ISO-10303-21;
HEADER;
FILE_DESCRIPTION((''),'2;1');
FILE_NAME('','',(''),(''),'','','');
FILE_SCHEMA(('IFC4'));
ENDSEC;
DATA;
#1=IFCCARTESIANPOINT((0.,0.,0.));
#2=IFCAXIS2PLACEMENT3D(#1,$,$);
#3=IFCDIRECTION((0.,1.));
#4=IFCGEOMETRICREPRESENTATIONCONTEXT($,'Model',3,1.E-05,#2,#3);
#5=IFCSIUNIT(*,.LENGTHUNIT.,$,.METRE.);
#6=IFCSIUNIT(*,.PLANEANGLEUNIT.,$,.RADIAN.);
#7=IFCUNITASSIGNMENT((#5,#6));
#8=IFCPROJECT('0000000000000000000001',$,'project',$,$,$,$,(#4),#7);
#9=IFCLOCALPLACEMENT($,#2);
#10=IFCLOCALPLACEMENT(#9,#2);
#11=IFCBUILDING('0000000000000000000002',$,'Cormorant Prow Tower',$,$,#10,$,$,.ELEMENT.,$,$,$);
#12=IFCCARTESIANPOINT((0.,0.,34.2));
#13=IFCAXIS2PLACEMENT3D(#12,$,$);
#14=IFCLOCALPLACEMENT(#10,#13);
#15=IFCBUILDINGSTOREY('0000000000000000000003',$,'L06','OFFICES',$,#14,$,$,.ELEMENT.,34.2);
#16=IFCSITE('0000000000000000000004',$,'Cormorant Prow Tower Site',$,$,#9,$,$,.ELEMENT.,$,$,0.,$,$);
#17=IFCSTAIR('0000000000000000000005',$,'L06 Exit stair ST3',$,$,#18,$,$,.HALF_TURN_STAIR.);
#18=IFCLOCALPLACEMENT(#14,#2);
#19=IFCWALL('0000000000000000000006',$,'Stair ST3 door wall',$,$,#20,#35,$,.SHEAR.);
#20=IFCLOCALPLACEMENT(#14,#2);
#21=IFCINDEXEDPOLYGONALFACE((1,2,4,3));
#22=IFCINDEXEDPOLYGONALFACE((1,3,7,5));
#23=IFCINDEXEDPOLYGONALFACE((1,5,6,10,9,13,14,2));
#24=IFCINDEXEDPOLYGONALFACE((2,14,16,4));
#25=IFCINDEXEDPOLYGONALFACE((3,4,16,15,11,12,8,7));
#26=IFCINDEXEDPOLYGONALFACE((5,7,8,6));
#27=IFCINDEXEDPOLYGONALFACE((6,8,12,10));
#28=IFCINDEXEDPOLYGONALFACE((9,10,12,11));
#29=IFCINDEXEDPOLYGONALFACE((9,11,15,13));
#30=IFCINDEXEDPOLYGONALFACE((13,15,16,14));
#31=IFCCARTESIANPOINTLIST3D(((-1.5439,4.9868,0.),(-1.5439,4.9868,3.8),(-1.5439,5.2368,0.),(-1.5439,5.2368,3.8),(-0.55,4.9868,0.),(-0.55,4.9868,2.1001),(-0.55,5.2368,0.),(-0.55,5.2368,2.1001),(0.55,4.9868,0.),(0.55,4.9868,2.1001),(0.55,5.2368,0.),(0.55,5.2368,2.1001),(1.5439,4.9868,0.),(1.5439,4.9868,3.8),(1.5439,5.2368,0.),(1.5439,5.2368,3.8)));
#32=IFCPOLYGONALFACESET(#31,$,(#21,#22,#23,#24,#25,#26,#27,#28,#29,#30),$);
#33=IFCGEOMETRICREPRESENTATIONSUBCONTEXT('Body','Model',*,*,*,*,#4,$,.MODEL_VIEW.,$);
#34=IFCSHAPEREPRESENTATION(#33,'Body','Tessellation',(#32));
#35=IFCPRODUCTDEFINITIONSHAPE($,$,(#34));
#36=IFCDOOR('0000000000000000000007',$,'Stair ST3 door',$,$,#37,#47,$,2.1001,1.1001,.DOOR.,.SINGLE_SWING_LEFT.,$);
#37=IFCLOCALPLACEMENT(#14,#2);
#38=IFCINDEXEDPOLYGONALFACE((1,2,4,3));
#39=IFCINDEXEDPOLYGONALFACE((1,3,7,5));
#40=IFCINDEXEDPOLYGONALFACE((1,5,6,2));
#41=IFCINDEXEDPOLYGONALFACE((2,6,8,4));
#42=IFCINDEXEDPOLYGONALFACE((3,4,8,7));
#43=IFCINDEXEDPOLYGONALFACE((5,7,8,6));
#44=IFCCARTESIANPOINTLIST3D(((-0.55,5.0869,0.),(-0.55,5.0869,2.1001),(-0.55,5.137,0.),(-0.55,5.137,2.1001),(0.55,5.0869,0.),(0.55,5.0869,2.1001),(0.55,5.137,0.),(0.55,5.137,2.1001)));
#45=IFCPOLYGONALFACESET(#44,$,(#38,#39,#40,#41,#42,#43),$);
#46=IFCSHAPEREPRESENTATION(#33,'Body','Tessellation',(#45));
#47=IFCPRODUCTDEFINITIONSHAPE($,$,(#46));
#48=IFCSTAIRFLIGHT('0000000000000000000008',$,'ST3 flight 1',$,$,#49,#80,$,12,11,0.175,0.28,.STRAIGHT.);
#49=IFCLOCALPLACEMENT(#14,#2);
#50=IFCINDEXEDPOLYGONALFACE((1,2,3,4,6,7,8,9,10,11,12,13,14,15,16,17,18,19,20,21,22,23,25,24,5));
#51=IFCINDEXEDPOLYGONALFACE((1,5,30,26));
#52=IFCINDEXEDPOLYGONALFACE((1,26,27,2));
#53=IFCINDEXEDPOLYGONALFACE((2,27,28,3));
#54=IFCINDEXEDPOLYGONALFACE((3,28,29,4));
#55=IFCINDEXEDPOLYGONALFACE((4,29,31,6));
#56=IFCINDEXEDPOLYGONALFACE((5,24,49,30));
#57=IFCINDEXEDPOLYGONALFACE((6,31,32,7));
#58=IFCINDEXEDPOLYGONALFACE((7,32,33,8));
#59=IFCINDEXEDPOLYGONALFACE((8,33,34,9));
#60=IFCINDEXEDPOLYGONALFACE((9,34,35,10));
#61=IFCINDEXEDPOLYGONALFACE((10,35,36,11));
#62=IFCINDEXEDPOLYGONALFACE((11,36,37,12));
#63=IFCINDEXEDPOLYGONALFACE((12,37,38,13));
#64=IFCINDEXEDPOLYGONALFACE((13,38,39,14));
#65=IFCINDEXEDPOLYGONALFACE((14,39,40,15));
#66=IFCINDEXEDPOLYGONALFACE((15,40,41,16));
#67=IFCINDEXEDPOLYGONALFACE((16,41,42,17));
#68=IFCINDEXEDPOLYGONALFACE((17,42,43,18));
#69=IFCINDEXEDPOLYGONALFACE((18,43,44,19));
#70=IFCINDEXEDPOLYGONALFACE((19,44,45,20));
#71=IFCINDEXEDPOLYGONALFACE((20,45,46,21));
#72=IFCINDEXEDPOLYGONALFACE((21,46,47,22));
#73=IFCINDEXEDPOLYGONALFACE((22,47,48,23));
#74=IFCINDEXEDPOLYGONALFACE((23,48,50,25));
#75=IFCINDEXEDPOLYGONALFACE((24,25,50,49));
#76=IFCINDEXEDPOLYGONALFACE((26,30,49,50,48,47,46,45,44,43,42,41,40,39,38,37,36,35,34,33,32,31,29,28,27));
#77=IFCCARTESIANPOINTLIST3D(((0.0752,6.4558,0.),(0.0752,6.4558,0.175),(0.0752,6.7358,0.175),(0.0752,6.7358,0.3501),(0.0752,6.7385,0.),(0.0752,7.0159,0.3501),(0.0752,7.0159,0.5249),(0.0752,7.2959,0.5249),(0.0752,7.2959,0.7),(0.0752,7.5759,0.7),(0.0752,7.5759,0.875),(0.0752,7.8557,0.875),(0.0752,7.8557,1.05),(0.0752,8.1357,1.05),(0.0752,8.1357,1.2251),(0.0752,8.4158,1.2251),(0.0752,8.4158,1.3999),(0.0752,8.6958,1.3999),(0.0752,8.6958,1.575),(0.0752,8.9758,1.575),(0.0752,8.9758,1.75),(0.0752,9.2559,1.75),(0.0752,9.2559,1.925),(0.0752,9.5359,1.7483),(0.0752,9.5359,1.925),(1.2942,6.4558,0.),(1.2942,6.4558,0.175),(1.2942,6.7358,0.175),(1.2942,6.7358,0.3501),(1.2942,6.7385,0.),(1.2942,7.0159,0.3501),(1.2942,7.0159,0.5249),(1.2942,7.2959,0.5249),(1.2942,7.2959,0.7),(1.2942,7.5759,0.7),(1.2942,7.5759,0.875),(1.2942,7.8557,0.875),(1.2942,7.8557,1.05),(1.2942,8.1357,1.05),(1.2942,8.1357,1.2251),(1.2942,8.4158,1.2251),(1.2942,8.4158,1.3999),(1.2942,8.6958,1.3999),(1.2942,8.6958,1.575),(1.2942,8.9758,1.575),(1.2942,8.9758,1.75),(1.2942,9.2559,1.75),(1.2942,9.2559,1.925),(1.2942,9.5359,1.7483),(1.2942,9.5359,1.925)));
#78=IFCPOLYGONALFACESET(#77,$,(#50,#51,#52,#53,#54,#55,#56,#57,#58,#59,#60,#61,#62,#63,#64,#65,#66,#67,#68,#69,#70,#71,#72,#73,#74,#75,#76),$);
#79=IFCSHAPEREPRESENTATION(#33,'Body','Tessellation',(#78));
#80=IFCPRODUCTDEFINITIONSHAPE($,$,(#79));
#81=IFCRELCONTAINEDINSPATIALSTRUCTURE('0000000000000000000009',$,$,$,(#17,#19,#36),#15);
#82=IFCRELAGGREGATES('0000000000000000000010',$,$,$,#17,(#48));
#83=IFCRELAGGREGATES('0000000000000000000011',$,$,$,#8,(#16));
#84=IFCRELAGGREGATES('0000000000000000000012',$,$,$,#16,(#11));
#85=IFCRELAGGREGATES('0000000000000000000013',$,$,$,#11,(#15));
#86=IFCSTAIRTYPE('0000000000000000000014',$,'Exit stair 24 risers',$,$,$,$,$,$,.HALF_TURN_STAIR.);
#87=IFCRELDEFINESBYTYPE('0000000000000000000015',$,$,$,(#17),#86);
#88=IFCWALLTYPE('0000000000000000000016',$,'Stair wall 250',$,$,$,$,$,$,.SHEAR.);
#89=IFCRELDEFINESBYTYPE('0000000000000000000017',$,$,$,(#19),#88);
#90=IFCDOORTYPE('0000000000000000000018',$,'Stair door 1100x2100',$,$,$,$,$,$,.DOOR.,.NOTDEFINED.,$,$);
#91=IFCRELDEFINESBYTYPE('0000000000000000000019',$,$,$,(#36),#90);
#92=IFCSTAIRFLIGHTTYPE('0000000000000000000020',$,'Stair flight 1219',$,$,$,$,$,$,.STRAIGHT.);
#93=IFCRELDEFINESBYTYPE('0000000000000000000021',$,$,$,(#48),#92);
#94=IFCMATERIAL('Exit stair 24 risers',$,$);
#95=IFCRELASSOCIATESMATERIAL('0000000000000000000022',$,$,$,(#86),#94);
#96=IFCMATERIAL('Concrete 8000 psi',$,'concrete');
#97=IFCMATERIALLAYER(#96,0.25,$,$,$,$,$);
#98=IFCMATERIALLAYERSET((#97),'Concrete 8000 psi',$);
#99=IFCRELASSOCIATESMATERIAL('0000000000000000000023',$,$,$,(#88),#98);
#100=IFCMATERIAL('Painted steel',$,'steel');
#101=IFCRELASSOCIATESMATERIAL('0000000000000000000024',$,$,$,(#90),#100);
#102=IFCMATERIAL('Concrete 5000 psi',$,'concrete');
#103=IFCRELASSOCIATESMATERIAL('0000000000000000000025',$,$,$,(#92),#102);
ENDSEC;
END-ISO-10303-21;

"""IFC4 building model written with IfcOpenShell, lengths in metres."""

from ifc_helpers import new_model, si_unit, direction, frame, frame_2d, origin, place, context, subcontext, project, spatial, polyline, rectangle, outline, extrude, material, layer, layer_set, type_object, element, fill, aggregate, save


model = new_model("IFC4")

# Units and contexts
model_context = context("Model", 3, precision=1e-05, world=origin(), true_north=direction((0.0, 1.0)))
body_context = subcontext(model_context, "Body", "Model", "MODEL_VIEW")
ifc_project = project(units=[si_unit("LENGTHUNIT", "METRE"), si_unit("PLANEANGLEUNIT", "RADIAN")], contexts=[model_context])

# Site, building, storey
site_placement = place(None, origin())
site = spatial("IfcSite", under=ifc_project, at=site_placement, Name="Cormorant Prow Tower Site", CompositionType="ELEMENT", RefElevation=0.0)
building_placement = place(site_placement, origin())
building = spatial("IfcBuilding", under=site, at=building_placement, Name="Cormorant Prow Tower", CompositionType="ELEMENT")
storey_placement = place(building_placement, frame((0.0, 0.0, 34.2)))
storey = spatial("IfcBuildingStorey", under=building, at=storey_placement, Name="L06", Description="OFFICES", CompositionType="ELEMENT", Elevation=34.2)

# Stair
ifc_material_1 = material(Name="Exit stair 24 risers")
stair_type = type_object("IfcStairType", Name="Exit stair 24 risers", PredefinedType="HALF_TURN_STAIR", material=ifc_material_1)
stair_1_placement = place(storey_placement, origin())
stair_1 = element("IfcStair", 1, at=stair_1_placement, inside=storey, type_object=stair_type, Name="L06 Exit stair ST3", PredefinedType="HALF_TURN_STAIR")

# Shared definitions
ifc_material_2 = material(Name="Concrete 8000 psi", Category="concrete")
ifc_layer_1 = layer(ifc_material_2, 0.25)
ifc_layer_set_1 = layer_set([ifc_layer_1], Name="Concrete 8000 psi")
wall_type_1 = type_object("IfcWallType", Name="Stair wall 250", PredefinedType="SHEAR", material=ifc_layer_set_1)

# Wall, opening, door
wall_1_placement = place(storey_placement, frame((1.5439, 5.1118, 0.0), z_axis=(0.0, 0.0, 1.0), x_axis=(-1.0, 0.0, 0.0)))
wall_1 = element("IfcWall", 2, at=wall_1_placement, inside=storey, type_object=wall_type_1, Name="Stair ST3 door wall", PredefinedType="SHEAR", context=body_context, shape_type="SweptSolid", body=[
    extrude(rectangle(XDim=3.0879, YDim=0.25, at=frame_2d((1.5439, 0.0))), origin(), (0.0, 0.0, 1.0), 3.8),
])
opening_placement = place(wall_1_placement, frame((0.9939, 0.0, 0.0)))
opening = element("IfcOpeningElement", 3, at=opening_placement, cuts=wall_1, PredefinedType="OPENING", context=body_context, shape_type="SweptSolid", body=[
    extrude(rectangle(XDim=1.1001, YDim=2.1001, at=frame_2d((0.55, 1.05))), frame((0.0, 0.135, 0.0), z_axis=(0.0, -1.0, 0.0), x_axis=(1.0, 0.0, 0.0)), (0.0, 0.0, 1.0), 0.27),
])
ifc_material_3 = material(Name="Painted steel", Category="steel")
door_type = type_object("IfcDoorType", Name="Stair door 1100x2100", OperationType="NOTDEFINED", PredefinedType="DOOR", material=ifc_material_3)
door_placement = place(opening_placement, origin())
door = element("IfcDoor", 4, at=door_placement, inside=storey, type_object=door_type, Name="Stair ST3 door", OperationType="SINGLE_SWING_LEFT", OverallHeight=2.1001, OverallWidth=1.1001, PredefinedType="DOOR", context=body_context, shape_type="SweptSolid", body=[
    extrude(rectangle(XDim=1.1001, YDim=2.1001, at=frame_2d((0.55, 1.05))), frame((0.0, 0.0249, 0.0), z_axis=(0.0, -1.0, 0.0), x_axis=(1.0, 0.0, 0.0)), (0.0, 0.0, 1.0), 0.05),
])
fill(opening, door)

# Stair flight
ifc_material_4 = material(Name="Concrete 5000 psi", Category="concrete")
stair_flight_type = type_object("IfcStairFlightType", Name="Stair flight 1219", PredefinedType="STRAIGHT", material=ifc_material_4)
stair_flight_placement = place(storey_placement, frame((0.6846, 6.4558, 0.0), z_axis=(0.0, 0.0, 1.0), x_axis=(0.0, 1.0, 0.0)))
stair_flight = element("IfcStairFlight", 5, at=stair_flight_placement, type_object=stair_flight_type, Name="ST3 flight 1", NumberOfRisers=12, NumberOfTreads=11, PredefinedType="STRAIGHT", RiserHeight=0.175, TreadLength=0.28, context=body_context, shape_type="SweptSolid", body=[
    extrude(outline(polyline([(0.0, 0.0), (0.0, 0.175), (0.28, 0.175), (0.28, 0.3501), (0.5601, 0.3501), (0.5601, 0.5249), (0.8401, 0.5249), (0.8401, 0.7), (1.1201, 0.7), (1.1201, 0.875), (1.3999, 0.875), (1.3999, 1.05), (1.6799, 1.05), (1.6799, 1.2251), (1.96, 1.2251), (1.96, 1.3999), (2.24, 1.3999), (2.24, 1.575), (2.52, 1.575), (2.52, 1.75), (2.8, 1.75), (2.8, 1.925), (3.0801, 1.925), (3.0801, 2.1001), (3.0801, 1.7483), (0.2827, 0.0), (0.0, 0.0)])), frame((0.0, 0.6094, 0.0), z_axis=(0.0, -1.0, 0.0), x_axis=(1.0, 0.0, 0.0)), (0.0, 0.0, 1.0), 1.219),
])
aggregate(stair_1, [stair_flight])

save(model, "model.ifc")
